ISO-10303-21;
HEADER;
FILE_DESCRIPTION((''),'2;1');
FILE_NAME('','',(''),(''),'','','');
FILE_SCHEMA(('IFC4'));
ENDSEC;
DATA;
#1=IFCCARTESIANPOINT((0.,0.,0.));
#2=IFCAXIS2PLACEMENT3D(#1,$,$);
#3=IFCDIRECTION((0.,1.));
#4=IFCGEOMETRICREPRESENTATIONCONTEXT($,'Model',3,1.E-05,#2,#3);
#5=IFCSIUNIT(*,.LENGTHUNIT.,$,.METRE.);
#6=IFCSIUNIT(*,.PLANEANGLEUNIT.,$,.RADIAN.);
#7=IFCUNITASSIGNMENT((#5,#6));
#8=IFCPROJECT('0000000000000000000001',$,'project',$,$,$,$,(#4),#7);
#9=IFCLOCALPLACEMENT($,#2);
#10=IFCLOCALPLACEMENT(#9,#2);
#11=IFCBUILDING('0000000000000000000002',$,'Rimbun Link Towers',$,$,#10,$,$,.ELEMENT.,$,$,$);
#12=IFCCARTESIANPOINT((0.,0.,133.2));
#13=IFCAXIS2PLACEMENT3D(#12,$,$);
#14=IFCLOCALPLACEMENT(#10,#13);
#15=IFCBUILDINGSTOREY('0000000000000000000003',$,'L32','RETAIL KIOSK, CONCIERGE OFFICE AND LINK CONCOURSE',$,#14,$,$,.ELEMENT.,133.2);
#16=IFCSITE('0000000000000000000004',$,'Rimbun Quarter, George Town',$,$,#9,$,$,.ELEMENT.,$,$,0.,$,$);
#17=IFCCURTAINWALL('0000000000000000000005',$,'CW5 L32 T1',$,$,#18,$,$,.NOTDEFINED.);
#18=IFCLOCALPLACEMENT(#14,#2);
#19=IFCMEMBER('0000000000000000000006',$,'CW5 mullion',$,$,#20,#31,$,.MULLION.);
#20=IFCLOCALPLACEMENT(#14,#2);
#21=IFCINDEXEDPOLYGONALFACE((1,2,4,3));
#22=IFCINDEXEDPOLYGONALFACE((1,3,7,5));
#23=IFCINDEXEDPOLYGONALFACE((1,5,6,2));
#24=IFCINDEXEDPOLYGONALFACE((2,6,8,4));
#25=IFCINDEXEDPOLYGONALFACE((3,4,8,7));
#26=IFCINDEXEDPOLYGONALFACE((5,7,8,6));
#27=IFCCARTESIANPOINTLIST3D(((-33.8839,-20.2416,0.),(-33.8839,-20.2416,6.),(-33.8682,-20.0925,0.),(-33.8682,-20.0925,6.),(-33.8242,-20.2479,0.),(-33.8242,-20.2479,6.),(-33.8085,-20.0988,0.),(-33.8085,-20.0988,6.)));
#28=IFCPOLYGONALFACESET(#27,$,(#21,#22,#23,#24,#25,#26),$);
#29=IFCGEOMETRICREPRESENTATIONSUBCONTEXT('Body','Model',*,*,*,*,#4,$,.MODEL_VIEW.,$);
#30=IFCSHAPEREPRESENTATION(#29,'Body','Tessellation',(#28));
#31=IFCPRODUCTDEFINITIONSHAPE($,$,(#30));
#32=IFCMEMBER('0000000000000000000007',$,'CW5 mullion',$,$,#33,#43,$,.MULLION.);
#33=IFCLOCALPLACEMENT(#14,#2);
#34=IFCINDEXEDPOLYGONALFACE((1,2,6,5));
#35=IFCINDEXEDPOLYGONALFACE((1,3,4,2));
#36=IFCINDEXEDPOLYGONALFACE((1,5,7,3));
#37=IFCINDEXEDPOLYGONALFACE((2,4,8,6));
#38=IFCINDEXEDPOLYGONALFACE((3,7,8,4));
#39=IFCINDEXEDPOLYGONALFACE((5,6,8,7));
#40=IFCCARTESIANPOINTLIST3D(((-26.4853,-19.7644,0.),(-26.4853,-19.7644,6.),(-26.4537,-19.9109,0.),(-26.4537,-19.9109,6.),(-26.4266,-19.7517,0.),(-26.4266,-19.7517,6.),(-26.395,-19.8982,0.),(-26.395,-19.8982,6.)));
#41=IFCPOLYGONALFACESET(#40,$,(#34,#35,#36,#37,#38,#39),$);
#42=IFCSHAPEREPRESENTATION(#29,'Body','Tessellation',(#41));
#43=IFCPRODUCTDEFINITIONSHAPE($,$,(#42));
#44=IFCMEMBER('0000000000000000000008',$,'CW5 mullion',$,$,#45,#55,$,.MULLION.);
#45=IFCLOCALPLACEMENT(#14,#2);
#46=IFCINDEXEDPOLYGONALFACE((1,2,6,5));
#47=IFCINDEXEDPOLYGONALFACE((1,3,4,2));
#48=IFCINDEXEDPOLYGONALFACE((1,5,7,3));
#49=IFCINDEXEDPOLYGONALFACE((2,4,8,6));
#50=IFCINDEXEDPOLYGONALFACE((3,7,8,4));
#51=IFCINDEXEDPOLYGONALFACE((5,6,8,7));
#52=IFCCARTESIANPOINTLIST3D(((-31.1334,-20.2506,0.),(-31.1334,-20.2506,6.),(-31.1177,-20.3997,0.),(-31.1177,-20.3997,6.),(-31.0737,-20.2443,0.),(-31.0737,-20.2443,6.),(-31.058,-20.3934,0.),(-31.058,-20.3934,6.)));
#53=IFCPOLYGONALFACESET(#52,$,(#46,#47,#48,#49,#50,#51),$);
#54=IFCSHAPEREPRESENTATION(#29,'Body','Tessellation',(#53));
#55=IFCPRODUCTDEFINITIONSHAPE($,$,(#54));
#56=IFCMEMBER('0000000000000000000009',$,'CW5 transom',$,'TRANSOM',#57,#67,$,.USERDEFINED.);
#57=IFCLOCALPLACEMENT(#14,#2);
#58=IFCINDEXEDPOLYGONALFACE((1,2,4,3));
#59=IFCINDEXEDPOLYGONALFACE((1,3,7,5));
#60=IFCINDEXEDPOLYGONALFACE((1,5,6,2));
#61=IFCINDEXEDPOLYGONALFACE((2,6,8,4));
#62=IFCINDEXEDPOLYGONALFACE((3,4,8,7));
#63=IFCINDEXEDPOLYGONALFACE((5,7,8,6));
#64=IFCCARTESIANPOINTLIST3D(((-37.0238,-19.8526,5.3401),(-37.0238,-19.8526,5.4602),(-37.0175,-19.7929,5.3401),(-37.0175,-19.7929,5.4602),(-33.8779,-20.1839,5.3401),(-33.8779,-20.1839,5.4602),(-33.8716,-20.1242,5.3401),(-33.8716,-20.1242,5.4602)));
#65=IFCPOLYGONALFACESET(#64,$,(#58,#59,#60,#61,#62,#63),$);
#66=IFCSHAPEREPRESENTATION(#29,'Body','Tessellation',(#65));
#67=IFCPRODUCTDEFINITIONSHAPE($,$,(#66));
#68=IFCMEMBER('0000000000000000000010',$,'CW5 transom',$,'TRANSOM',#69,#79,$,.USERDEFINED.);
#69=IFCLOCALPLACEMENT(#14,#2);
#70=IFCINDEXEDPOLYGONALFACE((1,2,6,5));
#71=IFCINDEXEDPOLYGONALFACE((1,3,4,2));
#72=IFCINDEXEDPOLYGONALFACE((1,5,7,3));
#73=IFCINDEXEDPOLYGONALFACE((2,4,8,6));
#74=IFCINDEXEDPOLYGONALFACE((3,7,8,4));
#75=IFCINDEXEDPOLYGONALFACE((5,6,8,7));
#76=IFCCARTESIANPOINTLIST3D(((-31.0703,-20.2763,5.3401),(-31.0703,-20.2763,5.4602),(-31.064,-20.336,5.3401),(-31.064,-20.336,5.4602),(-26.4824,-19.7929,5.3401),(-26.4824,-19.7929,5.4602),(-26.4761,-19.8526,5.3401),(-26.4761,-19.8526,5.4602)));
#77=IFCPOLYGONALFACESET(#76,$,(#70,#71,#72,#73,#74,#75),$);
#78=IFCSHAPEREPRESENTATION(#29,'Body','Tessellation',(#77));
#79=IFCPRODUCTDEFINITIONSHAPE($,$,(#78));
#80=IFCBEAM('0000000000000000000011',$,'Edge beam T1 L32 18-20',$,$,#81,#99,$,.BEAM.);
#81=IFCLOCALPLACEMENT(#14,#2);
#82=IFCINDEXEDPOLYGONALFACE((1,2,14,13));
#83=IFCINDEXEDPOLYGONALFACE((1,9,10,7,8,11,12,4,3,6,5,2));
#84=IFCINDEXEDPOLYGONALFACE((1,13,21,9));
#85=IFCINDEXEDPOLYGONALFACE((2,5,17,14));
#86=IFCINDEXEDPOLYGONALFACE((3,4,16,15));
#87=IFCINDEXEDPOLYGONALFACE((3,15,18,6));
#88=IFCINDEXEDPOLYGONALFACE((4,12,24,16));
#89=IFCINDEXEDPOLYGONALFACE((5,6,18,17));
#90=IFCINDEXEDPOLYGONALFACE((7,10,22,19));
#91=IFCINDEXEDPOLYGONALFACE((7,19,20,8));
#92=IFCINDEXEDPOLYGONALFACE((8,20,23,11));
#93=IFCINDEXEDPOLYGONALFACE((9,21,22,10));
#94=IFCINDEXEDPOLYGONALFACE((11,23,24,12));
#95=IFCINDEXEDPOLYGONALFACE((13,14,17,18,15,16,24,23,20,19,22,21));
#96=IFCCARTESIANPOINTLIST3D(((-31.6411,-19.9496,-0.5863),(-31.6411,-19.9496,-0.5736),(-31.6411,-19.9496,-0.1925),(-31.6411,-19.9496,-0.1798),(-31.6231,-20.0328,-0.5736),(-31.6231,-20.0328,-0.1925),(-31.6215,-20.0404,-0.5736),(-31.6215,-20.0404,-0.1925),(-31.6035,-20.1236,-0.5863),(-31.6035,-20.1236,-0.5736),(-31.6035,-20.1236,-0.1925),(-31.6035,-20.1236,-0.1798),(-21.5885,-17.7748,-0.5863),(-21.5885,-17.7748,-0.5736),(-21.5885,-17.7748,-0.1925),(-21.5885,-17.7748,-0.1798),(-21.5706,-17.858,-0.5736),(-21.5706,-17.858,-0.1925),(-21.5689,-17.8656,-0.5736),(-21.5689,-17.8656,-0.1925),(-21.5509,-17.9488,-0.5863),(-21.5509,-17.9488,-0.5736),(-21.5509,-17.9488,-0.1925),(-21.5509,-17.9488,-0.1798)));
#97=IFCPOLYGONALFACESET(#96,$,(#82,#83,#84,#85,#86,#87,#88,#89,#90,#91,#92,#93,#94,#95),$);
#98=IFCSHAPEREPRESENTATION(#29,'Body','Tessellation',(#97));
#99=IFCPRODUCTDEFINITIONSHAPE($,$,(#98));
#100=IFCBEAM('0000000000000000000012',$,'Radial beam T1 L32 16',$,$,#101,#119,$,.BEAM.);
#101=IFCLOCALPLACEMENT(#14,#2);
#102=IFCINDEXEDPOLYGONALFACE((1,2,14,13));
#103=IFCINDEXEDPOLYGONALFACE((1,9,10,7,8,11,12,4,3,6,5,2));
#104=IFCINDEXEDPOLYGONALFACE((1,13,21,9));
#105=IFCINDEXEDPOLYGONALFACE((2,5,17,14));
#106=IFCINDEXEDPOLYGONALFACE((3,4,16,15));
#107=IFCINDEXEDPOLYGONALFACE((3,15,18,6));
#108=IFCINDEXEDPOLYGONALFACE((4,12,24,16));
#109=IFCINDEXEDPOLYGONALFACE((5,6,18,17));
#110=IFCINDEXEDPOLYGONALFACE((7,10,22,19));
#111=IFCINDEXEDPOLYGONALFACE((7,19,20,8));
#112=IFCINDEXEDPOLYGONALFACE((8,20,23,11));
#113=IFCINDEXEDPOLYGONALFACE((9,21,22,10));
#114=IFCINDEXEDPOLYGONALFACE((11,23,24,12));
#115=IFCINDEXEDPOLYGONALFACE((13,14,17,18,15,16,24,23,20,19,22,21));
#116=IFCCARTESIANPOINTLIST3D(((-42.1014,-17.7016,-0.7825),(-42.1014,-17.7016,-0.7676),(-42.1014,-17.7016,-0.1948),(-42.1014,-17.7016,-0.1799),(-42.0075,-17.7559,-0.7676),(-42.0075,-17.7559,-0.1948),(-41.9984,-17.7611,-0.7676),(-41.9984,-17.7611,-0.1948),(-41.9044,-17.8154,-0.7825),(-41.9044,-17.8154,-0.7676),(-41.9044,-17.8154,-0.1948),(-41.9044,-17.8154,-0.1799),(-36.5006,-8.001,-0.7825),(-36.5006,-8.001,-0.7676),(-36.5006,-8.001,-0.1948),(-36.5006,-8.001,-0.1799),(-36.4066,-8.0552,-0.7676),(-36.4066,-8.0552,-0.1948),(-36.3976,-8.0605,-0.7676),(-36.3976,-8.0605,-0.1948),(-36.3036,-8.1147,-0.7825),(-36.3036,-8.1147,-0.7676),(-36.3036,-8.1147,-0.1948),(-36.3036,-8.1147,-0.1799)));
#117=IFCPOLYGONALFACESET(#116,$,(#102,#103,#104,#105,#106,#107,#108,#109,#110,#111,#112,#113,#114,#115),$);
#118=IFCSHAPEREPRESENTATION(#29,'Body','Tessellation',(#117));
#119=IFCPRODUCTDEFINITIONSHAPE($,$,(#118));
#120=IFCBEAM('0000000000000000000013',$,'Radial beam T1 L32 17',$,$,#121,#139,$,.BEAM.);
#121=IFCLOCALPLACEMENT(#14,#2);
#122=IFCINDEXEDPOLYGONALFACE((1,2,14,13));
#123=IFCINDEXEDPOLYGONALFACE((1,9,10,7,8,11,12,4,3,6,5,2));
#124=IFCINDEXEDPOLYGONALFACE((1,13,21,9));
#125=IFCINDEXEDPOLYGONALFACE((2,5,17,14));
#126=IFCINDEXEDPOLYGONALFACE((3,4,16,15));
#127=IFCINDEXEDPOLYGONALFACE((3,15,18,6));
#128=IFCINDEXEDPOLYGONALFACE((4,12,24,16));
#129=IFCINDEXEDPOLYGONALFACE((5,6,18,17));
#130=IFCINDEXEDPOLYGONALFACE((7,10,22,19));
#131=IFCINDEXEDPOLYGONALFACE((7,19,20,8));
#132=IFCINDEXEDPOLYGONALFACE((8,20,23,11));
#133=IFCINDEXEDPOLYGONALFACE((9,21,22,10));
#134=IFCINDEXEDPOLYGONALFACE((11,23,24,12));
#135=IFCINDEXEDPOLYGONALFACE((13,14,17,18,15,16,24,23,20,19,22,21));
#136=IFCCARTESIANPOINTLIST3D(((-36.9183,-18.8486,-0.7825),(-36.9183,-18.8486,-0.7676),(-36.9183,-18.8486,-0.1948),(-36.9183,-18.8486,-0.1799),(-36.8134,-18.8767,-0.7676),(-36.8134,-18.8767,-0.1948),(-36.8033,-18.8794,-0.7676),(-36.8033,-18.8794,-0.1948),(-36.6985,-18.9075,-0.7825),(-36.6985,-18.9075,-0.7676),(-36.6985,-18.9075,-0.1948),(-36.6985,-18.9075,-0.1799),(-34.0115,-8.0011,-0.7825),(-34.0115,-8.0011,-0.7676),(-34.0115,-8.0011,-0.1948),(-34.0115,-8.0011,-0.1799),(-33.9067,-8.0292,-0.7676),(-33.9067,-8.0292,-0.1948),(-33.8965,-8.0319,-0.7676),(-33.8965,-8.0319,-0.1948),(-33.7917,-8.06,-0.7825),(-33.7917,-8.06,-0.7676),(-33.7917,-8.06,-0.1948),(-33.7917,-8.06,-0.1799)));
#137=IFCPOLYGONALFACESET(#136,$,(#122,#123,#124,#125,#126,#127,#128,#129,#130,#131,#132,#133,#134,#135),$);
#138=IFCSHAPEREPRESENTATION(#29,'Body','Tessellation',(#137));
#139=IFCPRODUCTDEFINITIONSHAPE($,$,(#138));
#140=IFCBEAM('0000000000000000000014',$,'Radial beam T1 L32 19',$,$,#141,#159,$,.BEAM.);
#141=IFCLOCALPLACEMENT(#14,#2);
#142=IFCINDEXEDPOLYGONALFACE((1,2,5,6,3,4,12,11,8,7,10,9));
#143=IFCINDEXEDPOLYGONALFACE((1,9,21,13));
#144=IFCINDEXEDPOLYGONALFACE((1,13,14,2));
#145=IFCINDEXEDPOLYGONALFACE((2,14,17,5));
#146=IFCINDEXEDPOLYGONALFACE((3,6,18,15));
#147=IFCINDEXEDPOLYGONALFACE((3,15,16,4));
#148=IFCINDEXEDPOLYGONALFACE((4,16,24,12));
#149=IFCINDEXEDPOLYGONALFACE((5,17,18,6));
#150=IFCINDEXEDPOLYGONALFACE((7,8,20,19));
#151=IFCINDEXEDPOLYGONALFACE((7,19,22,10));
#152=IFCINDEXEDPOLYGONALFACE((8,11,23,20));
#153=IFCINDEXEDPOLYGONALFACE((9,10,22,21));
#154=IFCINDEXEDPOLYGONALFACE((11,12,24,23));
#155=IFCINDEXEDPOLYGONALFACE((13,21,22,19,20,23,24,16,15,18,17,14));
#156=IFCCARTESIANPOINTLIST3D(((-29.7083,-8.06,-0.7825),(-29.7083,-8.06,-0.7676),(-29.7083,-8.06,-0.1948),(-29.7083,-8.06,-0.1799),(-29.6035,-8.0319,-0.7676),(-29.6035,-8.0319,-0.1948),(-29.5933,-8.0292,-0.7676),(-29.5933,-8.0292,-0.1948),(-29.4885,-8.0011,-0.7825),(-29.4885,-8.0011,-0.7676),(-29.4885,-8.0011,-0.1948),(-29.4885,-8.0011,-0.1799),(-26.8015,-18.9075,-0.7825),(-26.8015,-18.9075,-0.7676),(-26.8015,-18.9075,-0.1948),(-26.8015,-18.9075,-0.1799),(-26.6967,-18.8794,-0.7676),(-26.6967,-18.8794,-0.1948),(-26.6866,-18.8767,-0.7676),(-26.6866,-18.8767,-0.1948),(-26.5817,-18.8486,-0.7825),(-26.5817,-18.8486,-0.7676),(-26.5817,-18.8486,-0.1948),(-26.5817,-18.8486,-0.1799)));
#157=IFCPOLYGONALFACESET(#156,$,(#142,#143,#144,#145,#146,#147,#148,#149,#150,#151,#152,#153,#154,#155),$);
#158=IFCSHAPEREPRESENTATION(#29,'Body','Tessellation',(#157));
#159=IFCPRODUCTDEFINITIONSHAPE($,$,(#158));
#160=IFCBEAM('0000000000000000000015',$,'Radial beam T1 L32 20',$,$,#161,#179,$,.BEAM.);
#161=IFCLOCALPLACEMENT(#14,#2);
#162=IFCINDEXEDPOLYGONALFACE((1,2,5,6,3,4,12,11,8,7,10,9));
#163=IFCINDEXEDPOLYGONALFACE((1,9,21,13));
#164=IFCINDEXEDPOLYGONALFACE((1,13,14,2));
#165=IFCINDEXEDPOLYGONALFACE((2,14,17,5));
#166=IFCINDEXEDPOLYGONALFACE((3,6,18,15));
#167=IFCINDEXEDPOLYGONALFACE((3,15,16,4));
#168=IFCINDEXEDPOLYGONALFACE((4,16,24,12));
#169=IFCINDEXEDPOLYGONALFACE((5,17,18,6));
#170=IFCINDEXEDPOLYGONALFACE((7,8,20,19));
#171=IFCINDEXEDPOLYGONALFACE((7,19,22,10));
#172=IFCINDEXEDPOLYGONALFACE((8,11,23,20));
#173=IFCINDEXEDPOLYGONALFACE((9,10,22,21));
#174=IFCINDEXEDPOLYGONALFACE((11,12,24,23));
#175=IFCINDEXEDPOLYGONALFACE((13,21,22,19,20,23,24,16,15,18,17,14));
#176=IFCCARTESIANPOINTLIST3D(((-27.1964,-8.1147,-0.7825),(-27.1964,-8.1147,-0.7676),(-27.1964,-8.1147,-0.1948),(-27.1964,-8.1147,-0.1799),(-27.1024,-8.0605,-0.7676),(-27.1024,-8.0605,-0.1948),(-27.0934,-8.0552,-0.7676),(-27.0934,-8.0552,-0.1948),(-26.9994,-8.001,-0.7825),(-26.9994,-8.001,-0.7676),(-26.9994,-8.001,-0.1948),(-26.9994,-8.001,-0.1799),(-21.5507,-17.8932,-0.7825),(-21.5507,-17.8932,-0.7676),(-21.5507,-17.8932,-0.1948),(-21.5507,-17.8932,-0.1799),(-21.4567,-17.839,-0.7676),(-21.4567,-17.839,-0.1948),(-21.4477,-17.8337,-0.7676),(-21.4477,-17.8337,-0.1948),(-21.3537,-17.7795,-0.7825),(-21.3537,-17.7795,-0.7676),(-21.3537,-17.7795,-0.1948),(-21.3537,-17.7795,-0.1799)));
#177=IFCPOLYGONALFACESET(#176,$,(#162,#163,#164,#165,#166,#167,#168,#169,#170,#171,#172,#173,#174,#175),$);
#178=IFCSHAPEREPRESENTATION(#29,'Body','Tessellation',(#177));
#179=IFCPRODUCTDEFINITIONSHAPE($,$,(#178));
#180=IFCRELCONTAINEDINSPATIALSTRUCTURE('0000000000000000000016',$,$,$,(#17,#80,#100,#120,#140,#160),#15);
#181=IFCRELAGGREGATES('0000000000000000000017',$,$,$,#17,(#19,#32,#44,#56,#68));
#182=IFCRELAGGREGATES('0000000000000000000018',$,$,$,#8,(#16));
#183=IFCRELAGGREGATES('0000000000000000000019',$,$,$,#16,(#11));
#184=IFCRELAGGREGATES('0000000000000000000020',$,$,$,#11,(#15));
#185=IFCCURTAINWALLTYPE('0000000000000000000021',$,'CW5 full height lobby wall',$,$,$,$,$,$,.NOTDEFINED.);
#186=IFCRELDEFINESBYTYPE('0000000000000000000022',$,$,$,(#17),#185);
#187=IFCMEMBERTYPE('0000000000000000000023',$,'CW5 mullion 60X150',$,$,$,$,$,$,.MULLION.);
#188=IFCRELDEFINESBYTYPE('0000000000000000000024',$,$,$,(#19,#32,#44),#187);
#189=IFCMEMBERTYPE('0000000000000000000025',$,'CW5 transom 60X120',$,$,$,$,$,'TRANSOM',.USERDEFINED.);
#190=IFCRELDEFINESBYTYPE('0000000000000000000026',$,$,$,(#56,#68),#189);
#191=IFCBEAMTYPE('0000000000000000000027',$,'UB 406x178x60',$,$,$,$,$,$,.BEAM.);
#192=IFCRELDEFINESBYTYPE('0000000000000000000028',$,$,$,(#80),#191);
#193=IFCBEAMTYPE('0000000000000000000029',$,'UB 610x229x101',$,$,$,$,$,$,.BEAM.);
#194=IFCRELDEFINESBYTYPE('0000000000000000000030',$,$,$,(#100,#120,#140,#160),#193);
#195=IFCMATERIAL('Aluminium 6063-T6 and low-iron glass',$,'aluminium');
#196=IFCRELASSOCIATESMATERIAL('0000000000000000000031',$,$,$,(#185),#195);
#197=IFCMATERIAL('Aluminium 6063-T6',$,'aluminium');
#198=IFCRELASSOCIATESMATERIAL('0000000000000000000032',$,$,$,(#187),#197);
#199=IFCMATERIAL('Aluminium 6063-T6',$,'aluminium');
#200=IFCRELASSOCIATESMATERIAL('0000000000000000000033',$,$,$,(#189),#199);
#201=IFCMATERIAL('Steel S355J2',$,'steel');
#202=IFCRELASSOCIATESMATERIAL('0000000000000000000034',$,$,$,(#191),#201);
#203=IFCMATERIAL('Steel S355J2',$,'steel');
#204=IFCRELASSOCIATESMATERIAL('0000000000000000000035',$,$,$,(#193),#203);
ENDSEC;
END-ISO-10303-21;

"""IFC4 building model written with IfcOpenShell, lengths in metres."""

from ifc_helpers import new_model, si_unit, direction, frame, origin, origin_2d, place, context, subcontext, project, spatial, rectangle, i_section, extrude, material, material_profile, profile_set, type_object, element, aggregate, save


model = new_model("IFC4")

# Units and contexts
model_context = context("Model", 3, precision=1e-05, world=origin(), true_north=direction((0.0, 1.0)))
body_context = subcontext(model_context, "Body", "Model", "MODEL_VIEW")
ifc_project = project(units=[si_unit("LENGTHUNIT", "METRE"), si_unit("PLANEANGLEUNIT", "RADIAN")], contexts=[model_context])

# Site, building, storey
site_placement = place(None, origin())
site = spatial("IfcSite", under=ifc_project, at=site_placement, Name="Rimbun Quarter, George Town", CompositionType="ELEMENT", RefElevation=0.0)
building_placement = place(site_placement, origin())
building = spatial("IfcBuilding", under=site, at=building_placement, Name="Rimbun Link Towers", CompositionType="ELEMENT")
storey_placement = place(building_placement, frame((0.0, 0.0, 133.2)))
storey = spatial("IfcBuildingStorey", under=building, at=storey_placement, Name="L32", Description="RETAIL KIOSK, CONCIERGE OFFICE AND LINK CONCOURSE", CompositionType="ELEMENT", Elevation=133.2)

# Curtain wall, members
ifc_material_1 = material(Name="Aluminium 6063-T6 and low-iron glass", Category="aluminium")
curtain_wall_type = type_object("IfcCurtainWallType", Name="CW5 full height lobby wall", PredefinedType="NOTDEFINED", material=ifc_material_1)
curtain_wall_placement = place(storey_placement, origin())
curtain_wall = element("IfcCurtainWall", 1, at=curtain_wall_placement, inside=storey, type_object=curtain_wall_type, Name="CW5 L32 T1", PredefinedType="NOTDEFINED")
ifc_material_2 = material(Name="Aluminium 6063-T6", Category="aluminium")
ifc_material_profile_1 = material_profile(ifc_material_2, rectangle(XDim=0.1499, YDim=0.0601, at=origin_2d()), Name="MULLION 60X150")
ifc_profile_set_1 = profile_set([ifc_material_profile_1], Name="Aluminium 6063-T6")
member_type_1 = type_object("IfcMemberType", Name="CW5 mullion 60X150", PredefinedType="MULLION", material=ifc_profile_set_1)
member_1_placement = place(storey_placement, frame((-33.8462, -20.1702, 0.0), z_axis=(0.0, 0.0, 1.0), x_axis=(-0.104745, -0.994499, 0.0)))
member_1 = element("IfcMember", 2, at=member_1_placement, type_object=member_type_1, Name="CW5 mullion", PredefinedType="MULLION", context=body_context, shape_type="SweptSolid", body=[
    extrude(rectangle(XDim=0.1499, YDim=0.0601, at=origin_2d()), origin(), (0.0, 0.0, 1.0), 6.0),
])
member_2_placement = place(storey_placement, frame((-26.4402, -19.8313, 0.0), z_axis=(0.0, 0.0, 1.0), x_axis=(0.210875, -0.977513, 0.0)))
member_2 = element("IfcMember", 3, at=member_2_placement, type_object=member_type_1, Name="CW5 mullion", PredefinedType="MULLION", context=body_context, shape_type="SweptSolid", body=[
    extrude(rectangle(XDim=0.1499, YDim=0.0601, at=origin_2d()), origin(), (0.0, 0.0, 1.0), 6.0),
])
member_3_placement = place(storey_placement, frame((-31.0957, -20.322, 0.0), z_axis=(0.0, 0.0, 1.0), x_axis=(0.104745, -0.994499, 0.0)))
member_3 = element("IfcMember", 4, at=member_3_placement, type_object=member_type_1, Name="CW5 mullion", PredefinedType="MULLION", context=body_context, shape_type="SweptSolid", body=[
    extrude(rectangle(XDim=0.1499, YDim=0.0601, at=origin_2d()), origin(), (0.0, 0.0, 1.0), 6.0),
])
ifc_material_3 = material(Name="Aluminium 6063-T6", Category="aluminium")
ifc_material_profile_2 = material_profile(ifc_material_3, rectangle(XDim=0.0601, YDim=0.1201, at=origin_2d()), Name="TRANSOM 60X120")
ifc_profile_set_2 = profile_set([ifc_material_profile_2], Name="Aluminium 6063-T6")
member_type_2 = type_object("IfcMemberType", Name="CW5 transom 60X120", ElementType="TRANSOM", PredefinedType="USERDEFINED", material=ifc_profile_set_2)
member_4_placement = place(storey_placement, frame((-33.8748, -20.1541, 5.4001), z_axis=(-0.994501, 0.104729, 0.0), x_axis=(-0.104729, -0.994501, 0.0)))
member_4 = element("IfcMember", 5, at=member_4_placement, type_object=member_type_2, Name="CW5 transom", ObjectType="TRANSOM", PredefinedType="USERDEFINED", context=body_context, shape_type="SweptSolid", body=[
    extrude(rectangle(XDim=0.0601, YDim=0.1201, at=origin_2d()), origin(), (0.0, 0.0, 1.0), 3.1633),
])
member_5_placement = place(storey_placement, frame((-26.4792, -19.8228, 5.4001), z_axis=(-0.994495, -0.104784, 0.0), x_axis=(0.104784, -0.994495, 0.0)))
member_5 = element("IfcMember", 6, at=member_5_placement, type_object=member_type_2, Name="CW5 transom", ObjectType="TRANSOM", PredefinedType="USERDEFINED", context=body_context, shape_type="SweptSolid", body=[
    extrude(rectangle(XDim=0.0601, YDim=0.1201, at=origin_2d()), origin(), (0.0, 0.0, 1.0), 4.6133),
])

# Beams
ifc_material_4 = material(Name="Steel S355J2", Category="steel")
ifc_material_profile_3 = material_profile(ifc_material_4, i_section(OverallWidth=0.178, OverallDepth=0.4065, WebThickness=0.0078, FlangeThickness=0.0127, at=origin_2d()), Name="UB 406x178x60")
ifc_profile_set_3 = profile_set([ifc_material_profile_3], Name="Steel S355J2")
beam_type_1 = type_object("IfcBeamType", Name="UB 406x178x60", PredefinedType="BEAM", material=ifc_profile_set_3)
beam_1_placement = place(storey_placement, frame((-31.6223, -20.0366, -0.3831), z_axis=(0.977388, 0.211453, 0.0), x_axis=(-0.211453, 0.977388, 0.0)))
element("IfcBeam", 7, at=beam_1_placement, inside=storey, type_object=beam_type_1, Name="Edge beam T1 L32 18-20", PredefinedType="BEAM", context=body_context, shape_type="SweptSolid", body=[
    extrude(i_section(OverallWidth=0.178, OverallDepth=0.4065, WebThickness=0.0078, FlangeThickness=0.0127, at=origin_2d()), origin(), (0.0, 0.0, 1.0), 10.2852),
])
ifc_material_5 = material(Name="Steel S355J2", Category="steel")
ifc_material_profile_4 = material_profile(ifc_material_5, i_section(OverallWidth=0.2275, OverallDepth=0.6025, WebThickness=0.0105, FlangeThickness=0.0149, at=origin_2d()), Name="UB 610x229x101")
ifc_profile_set_4 = profile_set([ifc_material_profile_4], Name="Steel S355J2")
beam_type_2 = type_object("IfcBeamType", Name="UB 610x229x101", PredefinedType="BEAM", material=ifc_profile_set_4)
beam_2_placement = place(storey_placement, frame((-36.4021, -8.0579, -0.4812), z_axis=(-0.500009, -0.86602, 0.0), x_axis=(0.86602, -0.500009, 0.0)))
element("IfcBeam", 8, at=beam_2_placement, inside=storey, type_object=beam_type_2, Name="Radial beam T1 L32 16", PredefinedType="BEAM", context=body_context, shape_type="SweptSolid", body=[
    extrude(i_section(OverallWidth=0.2275, OverallDepth=0.6025, WebThickness=0.0105, FlangeThickness=0.0149, at=origin_2d()), origin(), (0.0, 0.0, 1.0), 11.2014),
])
for number, where, z_axis, x_axis, name in (
    (9, (-33.9016, -8.0305, -0.4812), (-0.258834, -0.965922, 0.0), (0.965922, -0.258834, 0.0), "Radial beam T1 L32 17"),
    (10, (-29.5984, -8.0305, -0.4812), (0.258834, -0.965922, 0.0), (0.965922, 0.258834, 0.0), "Radial beam T1 L32 19"),
):
    element("IfcBeam", number, at=place(storey_placement, frame(where, z_axis=z_axis, x_axis=x_axis)), inside=storey, type_object=beam_type_2, Name=name, PredefinedType="BEAM", context=body_context, shape_type="SweptSolid", body=[
        extrude(i_section(OverallWidth=0.2275, OverallDepth=0.6025, WebThickness=0.0105, FlangeThickness=0.0149, at=origin_2d()), origin(), (0.0, 0.0, 1.0), 11.2302),
    ])
beam_3_placement = place(storey_placement, frame((-27.0979, -8.0579, -0.4812), z_axis=(0.500006, -0.866022, 0.0), x_axis=(0.866022, 0.500006, 0.0)))
element("IfcBeam", 11, at=beam_3_placement, inside=storey, type_object=beam_type_2, Name="Radial beam T1 L32 20", PredefinedType="BEAM", context=body_context, shape_type="SweptSolid", body=[
    extrude(i_section(OverallWidth=0.2275, OverallDepth=0.6025, WebThickness=0.0105, FlangeThickness=0.0149, at=origin_2d()), origin(), (0.0, 0.0, 1.0), 11.2913),
])

aggregate(curtain_wall, [member_1, member_2, member_3, member_4, member_5])

save(model, "model.ifc")
